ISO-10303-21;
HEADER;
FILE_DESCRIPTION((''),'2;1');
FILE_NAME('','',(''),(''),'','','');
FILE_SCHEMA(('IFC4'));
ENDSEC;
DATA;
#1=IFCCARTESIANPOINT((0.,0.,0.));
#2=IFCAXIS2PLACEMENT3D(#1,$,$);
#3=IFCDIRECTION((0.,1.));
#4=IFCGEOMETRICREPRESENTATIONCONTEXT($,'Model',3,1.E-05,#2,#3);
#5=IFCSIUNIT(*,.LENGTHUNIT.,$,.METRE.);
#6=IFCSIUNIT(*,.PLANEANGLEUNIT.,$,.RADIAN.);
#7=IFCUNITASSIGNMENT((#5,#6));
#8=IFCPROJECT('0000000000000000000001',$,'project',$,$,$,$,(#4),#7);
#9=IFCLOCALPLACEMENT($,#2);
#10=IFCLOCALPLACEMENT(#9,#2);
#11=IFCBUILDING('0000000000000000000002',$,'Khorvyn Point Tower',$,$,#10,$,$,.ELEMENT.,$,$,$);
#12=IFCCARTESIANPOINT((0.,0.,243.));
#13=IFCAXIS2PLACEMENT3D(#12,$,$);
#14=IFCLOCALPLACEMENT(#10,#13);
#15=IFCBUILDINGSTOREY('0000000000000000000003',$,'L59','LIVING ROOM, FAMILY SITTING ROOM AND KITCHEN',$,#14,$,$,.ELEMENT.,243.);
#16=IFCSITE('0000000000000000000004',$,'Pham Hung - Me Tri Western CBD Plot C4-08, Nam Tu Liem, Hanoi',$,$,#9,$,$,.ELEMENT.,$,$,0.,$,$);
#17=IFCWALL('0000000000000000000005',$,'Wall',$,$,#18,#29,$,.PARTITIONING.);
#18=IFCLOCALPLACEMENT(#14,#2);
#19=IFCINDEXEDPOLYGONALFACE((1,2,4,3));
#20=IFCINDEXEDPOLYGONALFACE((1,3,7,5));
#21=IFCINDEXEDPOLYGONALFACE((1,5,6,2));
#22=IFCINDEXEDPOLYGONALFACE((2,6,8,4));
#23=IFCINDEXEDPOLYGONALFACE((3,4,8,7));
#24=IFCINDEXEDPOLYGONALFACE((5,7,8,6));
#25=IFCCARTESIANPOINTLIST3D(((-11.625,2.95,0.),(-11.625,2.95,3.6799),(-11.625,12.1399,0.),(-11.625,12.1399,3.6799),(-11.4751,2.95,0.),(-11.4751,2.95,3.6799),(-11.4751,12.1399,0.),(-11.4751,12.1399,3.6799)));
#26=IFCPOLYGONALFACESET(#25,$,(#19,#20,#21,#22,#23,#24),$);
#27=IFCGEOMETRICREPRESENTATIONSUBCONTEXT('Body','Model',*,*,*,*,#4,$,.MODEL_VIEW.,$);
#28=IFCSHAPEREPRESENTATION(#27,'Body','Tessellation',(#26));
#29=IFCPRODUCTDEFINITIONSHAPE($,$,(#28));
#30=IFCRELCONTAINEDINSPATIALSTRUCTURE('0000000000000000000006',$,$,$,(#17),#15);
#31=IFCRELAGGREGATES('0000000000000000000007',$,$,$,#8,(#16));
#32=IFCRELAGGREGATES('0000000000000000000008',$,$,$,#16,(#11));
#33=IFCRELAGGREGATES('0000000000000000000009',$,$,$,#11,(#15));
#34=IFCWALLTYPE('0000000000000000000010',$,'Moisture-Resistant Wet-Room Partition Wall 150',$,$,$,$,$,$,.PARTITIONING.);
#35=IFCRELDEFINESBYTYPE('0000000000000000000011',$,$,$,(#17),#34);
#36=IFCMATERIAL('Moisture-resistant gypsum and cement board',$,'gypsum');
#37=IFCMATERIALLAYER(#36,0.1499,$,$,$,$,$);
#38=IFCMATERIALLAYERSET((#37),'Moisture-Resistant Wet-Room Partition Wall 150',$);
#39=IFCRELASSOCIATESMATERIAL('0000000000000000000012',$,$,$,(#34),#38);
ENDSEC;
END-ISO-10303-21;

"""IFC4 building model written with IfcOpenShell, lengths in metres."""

from ifc_helpers import new_model, si_unit, direction, frame, frame_2d, origin, place, context, subcontext, project, spatial, rectangle, extrude, material, layer, layer_set, type_object, element, save


model = new_model("IFC4")

# Units and contexts
model_context = context("Model", 3, precision=1e-05, world=origin(), true_north=direction((0.0, 1.0)))
body_context = subcontext(model_context, "Body", "Model", "MODEL_VIEW")
ifc_project = project(units=[si_unit("LENGTHUNIT", "METRE"), si_unit("PLANEANGLEUNIT", "RADIAN")], contexts=[model_context])

# Site, building, storey
site_placement = place(None, origin())
site = spatial("IfcSite", under=ifc_project, at=site_placement, Name="Pham Hung - Me Tri Western CBD Plot C4-08, Nam Tu Liem, Hanoi", CompositionType="ELEMENT", RefElevation=0.0)
building_placement = place(site_placement, origin())
building = spatial("IfcBuilding", under=site, at=building_placement, Name="Khorvyn Point Tower", CompositionType="ELEMENT")
storey_placement = place(building_placement, frame((0.0, 0.0, 243.0)))
storey = spatial("IfcBuildingStorey", under=building, at=storey_placement, Name="L59", Description="LIVING ROOM, FAMILY SITTING ROOM AND KITCHEN", CompositionType="ELEMENT", Elevation=243.0)

# Wall
ifc_material_1 = material(Name="Moisture-resistant gypsum and cement board", Category="gypsum")
ifc_layer_1 = layer(ifc_material_1, 0.1499)
ifc_layer_set_1 = layer_set([ifc_layer_1], Name="Moisture-Resistant Wet-Room Partition Wall 150")
wall_type_1 = type_object("IfcWallType", Name="Moisture-Resistant Wet-Room Partition Wall 150", PredefinedType="PARTITIONING", material=ifc_layer_set_1)
wall_1_placement = place(storey_placement, frame((-11.55, 2.95, 0.0), z_axis=(0.0, 0.0, 1.0), x_axis=(0.0, 1.0, 0.0)))
element("IfcWall", 1, at=wall_1_placement, inside=storey, type_object=wall_type_1, Name="Wall", PredefinedType="PARTITIONING", context=body_context, shape_type="SweptSolid", body=[
    extrude(rectangle(XDim=9.1899, YDim=0.1499, at=frame_2d((4.595, 0.0))), origin(), (0.0, 0.0, 1.0), 3.6799),
])

save(model, "model.ifc")
